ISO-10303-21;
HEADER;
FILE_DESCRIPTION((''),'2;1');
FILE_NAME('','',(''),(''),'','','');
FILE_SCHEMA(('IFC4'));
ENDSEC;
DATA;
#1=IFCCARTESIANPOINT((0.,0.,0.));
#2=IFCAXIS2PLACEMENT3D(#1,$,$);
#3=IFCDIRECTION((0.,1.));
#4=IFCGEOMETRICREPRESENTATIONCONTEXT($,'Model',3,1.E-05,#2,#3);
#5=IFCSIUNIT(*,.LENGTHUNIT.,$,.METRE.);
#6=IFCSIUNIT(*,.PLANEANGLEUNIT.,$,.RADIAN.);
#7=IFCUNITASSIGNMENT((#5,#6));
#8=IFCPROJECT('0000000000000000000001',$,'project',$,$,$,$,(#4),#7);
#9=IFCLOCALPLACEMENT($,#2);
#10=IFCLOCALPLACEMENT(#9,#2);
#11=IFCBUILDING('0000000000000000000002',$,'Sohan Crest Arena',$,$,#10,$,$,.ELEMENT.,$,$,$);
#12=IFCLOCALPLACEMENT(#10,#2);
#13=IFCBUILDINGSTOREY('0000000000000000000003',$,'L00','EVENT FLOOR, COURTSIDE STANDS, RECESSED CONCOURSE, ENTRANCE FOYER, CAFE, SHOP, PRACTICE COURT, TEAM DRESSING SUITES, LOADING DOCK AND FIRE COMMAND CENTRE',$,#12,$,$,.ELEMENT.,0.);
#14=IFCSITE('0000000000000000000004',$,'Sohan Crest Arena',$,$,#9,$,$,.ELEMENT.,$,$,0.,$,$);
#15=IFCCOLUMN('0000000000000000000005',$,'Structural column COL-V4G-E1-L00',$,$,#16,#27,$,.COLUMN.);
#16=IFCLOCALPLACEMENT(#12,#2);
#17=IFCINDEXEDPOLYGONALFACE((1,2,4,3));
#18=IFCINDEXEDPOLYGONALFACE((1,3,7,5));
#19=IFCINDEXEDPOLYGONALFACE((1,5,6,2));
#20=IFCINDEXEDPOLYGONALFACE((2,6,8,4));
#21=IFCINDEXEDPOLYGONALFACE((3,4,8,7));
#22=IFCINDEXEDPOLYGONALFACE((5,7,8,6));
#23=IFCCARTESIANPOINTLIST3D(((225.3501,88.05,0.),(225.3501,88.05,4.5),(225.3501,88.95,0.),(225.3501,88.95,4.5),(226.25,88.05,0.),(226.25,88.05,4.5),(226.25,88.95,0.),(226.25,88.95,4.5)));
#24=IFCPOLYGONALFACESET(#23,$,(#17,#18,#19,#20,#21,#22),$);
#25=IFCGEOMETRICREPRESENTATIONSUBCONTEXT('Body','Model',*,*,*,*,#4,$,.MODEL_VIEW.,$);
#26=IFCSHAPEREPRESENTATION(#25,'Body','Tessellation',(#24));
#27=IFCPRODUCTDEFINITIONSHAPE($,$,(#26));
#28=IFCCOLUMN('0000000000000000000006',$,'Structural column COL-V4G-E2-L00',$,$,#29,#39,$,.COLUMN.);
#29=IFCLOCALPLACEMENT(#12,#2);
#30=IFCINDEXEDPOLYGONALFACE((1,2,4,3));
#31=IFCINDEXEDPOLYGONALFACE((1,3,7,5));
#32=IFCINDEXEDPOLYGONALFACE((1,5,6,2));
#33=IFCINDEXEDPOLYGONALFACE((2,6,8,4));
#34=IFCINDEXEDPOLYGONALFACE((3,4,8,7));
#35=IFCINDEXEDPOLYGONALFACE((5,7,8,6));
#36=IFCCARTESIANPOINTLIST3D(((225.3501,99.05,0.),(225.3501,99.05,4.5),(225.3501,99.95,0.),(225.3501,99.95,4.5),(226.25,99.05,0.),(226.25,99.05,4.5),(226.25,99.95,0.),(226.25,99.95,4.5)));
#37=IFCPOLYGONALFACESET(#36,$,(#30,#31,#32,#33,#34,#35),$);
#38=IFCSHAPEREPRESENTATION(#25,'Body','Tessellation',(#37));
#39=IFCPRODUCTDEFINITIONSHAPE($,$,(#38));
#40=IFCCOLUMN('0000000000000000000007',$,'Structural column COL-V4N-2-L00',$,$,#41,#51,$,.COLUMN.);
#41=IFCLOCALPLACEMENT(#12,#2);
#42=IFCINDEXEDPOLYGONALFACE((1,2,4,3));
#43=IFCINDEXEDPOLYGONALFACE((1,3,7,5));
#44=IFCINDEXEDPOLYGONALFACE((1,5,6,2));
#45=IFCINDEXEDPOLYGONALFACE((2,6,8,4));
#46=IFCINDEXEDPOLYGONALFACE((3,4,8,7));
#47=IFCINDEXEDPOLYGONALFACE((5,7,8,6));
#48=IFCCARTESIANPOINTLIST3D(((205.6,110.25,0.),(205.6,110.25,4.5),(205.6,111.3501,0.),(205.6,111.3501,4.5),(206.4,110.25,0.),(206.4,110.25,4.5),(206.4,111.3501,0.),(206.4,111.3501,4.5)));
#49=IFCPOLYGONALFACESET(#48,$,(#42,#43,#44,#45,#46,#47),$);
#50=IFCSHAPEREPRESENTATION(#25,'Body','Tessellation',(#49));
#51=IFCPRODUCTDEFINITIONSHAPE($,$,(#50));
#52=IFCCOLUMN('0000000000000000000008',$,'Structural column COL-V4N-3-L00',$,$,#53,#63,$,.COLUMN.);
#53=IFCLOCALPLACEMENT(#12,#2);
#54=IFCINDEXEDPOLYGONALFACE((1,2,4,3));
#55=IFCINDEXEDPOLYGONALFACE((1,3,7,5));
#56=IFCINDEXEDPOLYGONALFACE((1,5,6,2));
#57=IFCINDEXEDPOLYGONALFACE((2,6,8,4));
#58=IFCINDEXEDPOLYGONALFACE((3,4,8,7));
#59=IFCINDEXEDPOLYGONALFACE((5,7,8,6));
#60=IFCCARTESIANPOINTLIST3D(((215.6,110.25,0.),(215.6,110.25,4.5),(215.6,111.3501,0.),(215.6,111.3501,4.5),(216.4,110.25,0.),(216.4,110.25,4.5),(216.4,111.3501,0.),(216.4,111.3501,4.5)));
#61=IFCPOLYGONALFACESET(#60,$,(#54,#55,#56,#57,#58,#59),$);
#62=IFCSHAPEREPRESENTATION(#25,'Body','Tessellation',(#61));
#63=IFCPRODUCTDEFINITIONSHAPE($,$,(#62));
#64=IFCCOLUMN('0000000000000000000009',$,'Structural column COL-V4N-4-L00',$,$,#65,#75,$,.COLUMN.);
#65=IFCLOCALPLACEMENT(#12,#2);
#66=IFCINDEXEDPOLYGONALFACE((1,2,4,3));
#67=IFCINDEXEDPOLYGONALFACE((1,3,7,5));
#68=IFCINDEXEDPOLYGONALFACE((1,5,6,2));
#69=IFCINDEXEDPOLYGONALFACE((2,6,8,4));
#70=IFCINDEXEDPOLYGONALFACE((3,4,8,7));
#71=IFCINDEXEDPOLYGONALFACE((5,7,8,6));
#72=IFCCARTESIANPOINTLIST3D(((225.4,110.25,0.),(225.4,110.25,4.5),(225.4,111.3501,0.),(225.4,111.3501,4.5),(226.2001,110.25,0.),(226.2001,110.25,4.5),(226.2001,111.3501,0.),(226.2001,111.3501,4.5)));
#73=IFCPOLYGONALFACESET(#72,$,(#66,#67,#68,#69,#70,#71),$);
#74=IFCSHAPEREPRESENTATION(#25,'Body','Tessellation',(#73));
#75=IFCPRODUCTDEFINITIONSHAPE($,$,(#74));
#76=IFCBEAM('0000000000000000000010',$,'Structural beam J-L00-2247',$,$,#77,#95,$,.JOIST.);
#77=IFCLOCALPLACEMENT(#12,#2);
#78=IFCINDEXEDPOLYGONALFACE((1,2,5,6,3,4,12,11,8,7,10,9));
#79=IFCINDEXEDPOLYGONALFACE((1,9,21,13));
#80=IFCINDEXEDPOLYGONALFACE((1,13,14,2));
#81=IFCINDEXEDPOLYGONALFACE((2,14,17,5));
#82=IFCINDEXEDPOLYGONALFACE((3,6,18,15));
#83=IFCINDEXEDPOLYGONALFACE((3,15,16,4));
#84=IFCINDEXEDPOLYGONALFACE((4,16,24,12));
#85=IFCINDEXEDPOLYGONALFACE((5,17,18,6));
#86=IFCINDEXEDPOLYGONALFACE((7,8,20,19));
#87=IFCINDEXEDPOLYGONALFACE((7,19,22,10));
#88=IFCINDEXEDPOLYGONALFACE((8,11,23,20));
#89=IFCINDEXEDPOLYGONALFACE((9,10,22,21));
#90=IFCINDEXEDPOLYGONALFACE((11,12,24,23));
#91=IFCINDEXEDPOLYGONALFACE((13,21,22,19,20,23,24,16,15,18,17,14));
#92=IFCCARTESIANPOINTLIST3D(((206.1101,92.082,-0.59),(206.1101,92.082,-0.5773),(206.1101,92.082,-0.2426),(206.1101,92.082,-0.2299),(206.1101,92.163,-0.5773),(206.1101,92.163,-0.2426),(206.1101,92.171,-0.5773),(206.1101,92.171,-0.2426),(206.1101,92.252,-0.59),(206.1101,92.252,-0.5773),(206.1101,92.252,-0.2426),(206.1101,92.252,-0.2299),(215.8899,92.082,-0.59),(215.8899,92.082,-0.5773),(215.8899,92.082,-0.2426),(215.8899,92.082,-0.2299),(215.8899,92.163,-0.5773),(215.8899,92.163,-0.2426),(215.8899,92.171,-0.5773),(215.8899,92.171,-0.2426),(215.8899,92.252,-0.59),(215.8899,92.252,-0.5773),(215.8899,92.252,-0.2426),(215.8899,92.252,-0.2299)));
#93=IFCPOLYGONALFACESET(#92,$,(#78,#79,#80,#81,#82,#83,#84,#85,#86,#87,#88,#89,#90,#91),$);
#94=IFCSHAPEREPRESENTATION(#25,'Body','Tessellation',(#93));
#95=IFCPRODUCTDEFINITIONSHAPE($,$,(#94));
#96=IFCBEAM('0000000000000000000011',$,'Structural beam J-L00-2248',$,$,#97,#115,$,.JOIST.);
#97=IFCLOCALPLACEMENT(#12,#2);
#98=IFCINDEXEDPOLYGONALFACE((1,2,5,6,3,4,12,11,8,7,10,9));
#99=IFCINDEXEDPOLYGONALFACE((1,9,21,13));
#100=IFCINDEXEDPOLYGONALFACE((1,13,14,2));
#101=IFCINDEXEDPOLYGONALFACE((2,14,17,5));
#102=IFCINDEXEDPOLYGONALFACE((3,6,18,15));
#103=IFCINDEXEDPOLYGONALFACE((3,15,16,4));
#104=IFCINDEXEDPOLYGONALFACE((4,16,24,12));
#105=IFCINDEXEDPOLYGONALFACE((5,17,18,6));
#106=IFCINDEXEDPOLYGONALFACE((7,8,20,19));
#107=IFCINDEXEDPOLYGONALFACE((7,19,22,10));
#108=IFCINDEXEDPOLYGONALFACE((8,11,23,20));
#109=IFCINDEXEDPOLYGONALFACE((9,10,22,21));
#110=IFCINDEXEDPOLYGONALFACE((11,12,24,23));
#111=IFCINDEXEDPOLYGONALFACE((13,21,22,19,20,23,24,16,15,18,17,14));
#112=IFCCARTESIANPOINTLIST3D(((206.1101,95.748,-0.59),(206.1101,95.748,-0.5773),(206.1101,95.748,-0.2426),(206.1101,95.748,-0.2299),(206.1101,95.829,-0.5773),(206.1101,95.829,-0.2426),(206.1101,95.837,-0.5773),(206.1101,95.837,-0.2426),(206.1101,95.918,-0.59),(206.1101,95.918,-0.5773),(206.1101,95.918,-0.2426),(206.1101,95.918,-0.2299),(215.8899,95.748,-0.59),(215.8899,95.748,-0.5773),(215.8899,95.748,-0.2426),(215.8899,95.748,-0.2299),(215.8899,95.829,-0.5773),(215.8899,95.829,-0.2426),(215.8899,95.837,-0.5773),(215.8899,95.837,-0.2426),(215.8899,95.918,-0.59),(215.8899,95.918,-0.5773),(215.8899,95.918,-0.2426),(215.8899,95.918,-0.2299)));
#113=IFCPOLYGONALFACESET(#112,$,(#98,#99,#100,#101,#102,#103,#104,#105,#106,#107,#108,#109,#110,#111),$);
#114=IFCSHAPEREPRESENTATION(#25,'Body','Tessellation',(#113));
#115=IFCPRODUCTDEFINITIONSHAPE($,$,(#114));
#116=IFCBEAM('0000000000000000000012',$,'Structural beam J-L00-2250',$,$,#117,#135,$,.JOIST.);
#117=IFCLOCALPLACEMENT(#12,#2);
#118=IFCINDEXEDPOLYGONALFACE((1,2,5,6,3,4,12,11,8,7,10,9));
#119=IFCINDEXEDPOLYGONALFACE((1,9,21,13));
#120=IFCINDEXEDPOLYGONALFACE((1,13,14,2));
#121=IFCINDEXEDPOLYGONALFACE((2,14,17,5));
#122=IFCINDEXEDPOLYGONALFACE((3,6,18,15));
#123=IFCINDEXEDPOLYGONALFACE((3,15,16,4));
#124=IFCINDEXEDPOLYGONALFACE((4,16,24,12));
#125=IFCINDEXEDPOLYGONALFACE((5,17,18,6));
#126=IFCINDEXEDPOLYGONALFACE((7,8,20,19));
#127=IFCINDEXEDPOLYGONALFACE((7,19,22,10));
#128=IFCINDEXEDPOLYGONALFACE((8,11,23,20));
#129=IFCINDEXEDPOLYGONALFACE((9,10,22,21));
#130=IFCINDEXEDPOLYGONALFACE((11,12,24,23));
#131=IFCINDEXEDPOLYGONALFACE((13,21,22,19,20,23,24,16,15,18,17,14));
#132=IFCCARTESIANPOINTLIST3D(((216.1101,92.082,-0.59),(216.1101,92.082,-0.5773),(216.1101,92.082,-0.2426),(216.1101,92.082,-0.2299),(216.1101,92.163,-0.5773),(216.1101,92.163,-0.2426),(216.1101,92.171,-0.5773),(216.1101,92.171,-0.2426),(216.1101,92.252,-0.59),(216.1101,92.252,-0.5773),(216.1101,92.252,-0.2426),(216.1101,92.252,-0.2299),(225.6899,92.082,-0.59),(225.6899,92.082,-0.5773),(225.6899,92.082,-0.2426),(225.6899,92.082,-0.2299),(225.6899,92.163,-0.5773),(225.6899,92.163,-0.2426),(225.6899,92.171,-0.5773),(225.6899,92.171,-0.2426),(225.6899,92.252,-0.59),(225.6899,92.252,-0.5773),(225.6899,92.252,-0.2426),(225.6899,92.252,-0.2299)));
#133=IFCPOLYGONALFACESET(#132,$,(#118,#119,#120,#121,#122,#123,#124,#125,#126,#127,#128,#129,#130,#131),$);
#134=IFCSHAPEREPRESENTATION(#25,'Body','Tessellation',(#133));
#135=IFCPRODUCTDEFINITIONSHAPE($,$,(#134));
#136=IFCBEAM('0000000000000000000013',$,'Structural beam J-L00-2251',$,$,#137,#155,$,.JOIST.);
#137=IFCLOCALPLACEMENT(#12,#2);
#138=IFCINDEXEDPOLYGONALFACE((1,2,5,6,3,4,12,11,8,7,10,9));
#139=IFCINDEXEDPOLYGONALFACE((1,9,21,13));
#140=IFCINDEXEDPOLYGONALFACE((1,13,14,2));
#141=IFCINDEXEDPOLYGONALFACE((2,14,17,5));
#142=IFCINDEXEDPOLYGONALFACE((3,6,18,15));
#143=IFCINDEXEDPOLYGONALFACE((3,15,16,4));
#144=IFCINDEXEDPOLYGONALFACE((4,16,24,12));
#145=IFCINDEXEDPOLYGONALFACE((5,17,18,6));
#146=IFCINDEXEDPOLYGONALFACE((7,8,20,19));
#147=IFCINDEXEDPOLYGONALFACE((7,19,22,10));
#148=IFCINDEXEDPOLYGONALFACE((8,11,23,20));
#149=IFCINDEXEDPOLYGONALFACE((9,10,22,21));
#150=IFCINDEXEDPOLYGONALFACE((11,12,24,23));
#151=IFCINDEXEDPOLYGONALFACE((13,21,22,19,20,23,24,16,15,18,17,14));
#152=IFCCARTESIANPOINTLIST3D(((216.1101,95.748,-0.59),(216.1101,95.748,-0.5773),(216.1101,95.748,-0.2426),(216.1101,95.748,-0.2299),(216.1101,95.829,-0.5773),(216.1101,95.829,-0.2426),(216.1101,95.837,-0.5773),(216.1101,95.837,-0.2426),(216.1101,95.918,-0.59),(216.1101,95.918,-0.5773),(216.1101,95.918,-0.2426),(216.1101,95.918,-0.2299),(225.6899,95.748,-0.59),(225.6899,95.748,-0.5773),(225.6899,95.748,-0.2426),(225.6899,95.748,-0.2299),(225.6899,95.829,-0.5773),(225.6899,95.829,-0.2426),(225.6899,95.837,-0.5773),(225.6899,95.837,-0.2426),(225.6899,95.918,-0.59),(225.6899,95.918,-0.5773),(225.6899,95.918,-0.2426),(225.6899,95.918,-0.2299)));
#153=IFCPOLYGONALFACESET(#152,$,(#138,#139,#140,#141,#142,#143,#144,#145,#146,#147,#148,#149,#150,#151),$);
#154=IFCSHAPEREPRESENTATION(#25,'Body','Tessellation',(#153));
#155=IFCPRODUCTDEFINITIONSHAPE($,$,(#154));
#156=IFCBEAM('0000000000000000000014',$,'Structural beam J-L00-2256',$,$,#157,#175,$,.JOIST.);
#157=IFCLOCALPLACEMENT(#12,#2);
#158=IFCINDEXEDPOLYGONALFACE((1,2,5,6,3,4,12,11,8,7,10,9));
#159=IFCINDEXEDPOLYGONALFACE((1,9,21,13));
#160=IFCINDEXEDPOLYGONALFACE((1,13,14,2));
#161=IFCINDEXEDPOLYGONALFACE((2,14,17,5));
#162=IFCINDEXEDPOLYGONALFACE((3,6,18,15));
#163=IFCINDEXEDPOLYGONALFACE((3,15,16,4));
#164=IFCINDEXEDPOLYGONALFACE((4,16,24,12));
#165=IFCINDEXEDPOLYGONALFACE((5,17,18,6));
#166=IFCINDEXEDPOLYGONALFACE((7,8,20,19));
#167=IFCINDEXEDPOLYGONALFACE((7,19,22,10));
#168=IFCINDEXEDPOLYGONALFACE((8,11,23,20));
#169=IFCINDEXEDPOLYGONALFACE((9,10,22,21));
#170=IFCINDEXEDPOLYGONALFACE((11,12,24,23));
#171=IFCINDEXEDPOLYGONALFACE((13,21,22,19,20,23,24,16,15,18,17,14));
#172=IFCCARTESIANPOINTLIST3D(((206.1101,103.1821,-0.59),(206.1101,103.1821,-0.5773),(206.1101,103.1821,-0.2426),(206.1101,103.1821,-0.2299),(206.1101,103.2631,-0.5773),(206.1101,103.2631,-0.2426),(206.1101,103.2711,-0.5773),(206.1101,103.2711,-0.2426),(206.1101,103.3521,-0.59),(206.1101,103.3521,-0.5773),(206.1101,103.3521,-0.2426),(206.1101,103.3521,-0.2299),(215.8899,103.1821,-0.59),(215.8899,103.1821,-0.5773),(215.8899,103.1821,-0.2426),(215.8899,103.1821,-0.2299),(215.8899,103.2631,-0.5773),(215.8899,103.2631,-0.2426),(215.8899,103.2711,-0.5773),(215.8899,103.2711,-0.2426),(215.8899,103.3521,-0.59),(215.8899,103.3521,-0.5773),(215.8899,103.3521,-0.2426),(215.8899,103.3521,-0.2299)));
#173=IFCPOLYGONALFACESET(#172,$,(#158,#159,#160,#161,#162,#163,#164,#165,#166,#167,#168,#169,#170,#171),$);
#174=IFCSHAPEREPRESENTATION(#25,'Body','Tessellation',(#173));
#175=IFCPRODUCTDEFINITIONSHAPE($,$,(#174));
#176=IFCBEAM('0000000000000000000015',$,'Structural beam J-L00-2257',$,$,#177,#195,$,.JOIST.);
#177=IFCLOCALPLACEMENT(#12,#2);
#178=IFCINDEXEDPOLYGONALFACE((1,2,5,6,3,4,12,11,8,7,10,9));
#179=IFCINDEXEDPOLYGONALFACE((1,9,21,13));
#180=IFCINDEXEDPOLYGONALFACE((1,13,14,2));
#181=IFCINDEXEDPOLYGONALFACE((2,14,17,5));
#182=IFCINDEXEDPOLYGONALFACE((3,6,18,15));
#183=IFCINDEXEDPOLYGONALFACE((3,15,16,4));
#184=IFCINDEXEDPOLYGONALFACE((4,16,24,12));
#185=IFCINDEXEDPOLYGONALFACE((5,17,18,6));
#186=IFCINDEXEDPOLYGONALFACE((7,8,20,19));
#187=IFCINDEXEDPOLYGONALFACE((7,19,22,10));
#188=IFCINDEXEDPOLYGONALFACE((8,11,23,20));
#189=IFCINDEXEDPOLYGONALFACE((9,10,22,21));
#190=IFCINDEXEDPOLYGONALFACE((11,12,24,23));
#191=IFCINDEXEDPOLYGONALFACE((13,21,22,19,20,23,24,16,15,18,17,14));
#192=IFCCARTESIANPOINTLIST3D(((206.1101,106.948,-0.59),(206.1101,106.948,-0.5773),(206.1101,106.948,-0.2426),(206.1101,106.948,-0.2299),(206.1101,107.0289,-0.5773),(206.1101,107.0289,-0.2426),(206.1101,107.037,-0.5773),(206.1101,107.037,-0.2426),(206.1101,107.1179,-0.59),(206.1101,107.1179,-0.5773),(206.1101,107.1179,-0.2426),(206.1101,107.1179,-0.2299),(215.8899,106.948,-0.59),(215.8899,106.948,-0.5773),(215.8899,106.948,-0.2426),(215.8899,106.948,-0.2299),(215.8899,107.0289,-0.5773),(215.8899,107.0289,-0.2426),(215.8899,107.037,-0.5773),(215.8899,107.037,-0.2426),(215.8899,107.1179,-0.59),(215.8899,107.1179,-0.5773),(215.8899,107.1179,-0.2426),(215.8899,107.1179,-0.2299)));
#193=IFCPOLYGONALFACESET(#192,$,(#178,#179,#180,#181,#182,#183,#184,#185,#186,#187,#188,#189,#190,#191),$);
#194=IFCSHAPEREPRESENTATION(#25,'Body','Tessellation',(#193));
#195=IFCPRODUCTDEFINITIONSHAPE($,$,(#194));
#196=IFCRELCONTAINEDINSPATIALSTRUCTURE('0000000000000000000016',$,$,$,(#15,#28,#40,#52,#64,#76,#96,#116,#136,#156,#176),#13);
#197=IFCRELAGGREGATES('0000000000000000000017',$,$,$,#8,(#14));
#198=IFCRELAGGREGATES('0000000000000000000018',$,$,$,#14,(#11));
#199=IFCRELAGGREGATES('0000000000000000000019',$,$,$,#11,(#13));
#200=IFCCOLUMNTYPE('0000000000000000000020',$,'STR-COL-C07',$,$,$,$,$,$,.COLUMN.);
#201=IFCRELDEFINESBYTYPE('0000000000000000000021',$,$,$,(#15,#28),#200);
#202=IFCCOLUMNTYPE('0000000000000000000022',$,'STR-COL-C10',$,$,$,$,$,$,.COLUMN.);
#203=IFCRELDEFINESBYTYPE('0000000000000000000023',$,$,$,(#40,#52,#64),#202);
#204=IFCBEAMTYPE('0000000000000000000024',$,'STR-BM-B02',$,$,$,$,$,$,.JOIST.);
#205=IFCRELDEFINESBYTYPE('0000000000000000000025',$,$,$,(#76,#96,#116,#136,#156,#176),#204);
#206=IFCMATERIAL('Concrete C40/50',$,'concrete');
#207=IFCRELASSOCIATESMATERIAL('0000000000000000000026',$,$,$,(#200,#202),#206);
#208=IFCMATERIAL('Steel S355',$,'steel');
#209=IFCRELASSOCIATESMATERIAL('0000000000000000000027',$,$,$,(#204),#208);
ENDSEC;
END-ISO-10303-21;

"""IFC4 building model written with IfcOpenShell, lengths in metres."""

from ifc_helpers import new_model, si_unit, direction, frame, origin, origin_2d, place, context, subcontext, project, spatial, rectangle, i_section, extrude, material, material_profile, profile_set, type_object, element, save


model = new_model("IFC4")

# Units and contexts
model_context = context("Model", 3, precision=1e-05, world=origin(), true_north=direction((0.0, 1.0)))
body_context = subcontext(model_context, "Body", "Model", "MODEL_VIEW")
ifc_project = project(units=[si_unit("LENGTHUNIT", "METRE"), si_unit("PLANEANGLEUNIT", "RADIAN")], contexts=[model_context])

# Site, building, storey
site_placement = place(None, origin())
site = spatial("IfcSite", under=ifc_project, at=site_placement, Name="Sohan Crest Arena", CompositionType="ELEMENT", RefElevation=0.0)
building_placement = place(site_placement, origin())
building = spatial("IfcBuilding", under=site, at=building_placement, Name="Sohan Crest Arena", CompositionType="ELEMENT")
storey_placement = place(building_placement, origin())
storey = spatial("IfcBuildingStorey", under=building, at=storey_placement, Name="L00", Description="EVENT FLOOR, COURTSIDE STANDS, RECESSED CONCOURSE, ENTRANCE FOYER, CAFE, SHOP, PRACTICE COURT, TEAM DRESSING SUITES, LOADING DOCK AND FIRE COMMAND CENTRE", CompositionType="ELEMENT", Elevation=0.0)

# Columns
ifc_material_1 = material(Name="Concrete C40/50", Category="concrete")
ifc_material_profile_1 = material_profile(ifc_material_1, rectangle(XDim=0.8999, YDim=0.8999, at=origin_2d()), Name="RC 900x900")
ifc_profile_set_1 = profile_set([ifc_material_profile_1], Name="Concrete C40/50")
column_type_1 = type_object("IfcColumnType", Name="STR-COL-C07", PredefinedType="COLUMN", material=ifc_profile_set_1)
for number, where, z_axis, x_axis, name in (
    (1, (225.8, 88.5, 0.0), (0.0, 0.0, 1.0), (1.0, 0.0, 0.0), "Structural column COL-V4G-E1-L00"),
    (2, (225.8, 99.5, 0.0), (0.0, 0.0, 1.0), (1.0, 0.0, 0.0), "Structural column COL-V4G-E2-L00"),
):
    element("IfcColumn", number, at=place(storey_placement, frame(where, z_axis=z_axis, x_axis=x_axis)), inside=storey, type_object=column_type_1, Name=name, PredefinedType="COLUMN", context=body_context, shape_type="SweptSolid", body=[
        extrude(rectangle(XDim=0.8999, YDim=0.8999, at=origin_2d()), origin(), (0.0, 0.0, 1.0), 4.5),
    ])
ifc_material_profile_2 = material_profile(ifc_material_1, rectangle(XDim=1.1001, YDim=0.8, at=origin_2d()), Name="RC 1100x800")
ifc_profile_set_2 = profile_set([ifc_material_profile_2], Name="Concrete C40/50")
column_type_2 = type_object("IfcColumnType", Name="STR-COL-C10", PredefinedType="COLUMN", material=ifc_profile_set_2)
for number, where, z_axis, x_axis, name in (
    (3, (206.0, 110.8, 0.0), (0.0, 0.0, 1.0), (0.0, 1.0, 0.0), "Structural column COL-V4N-2-L00"),
    (4, (216.0, 110.8, 0.0), (0.0, 0.0, 1.0), (0.0, 1.0, 0.0), "Structural column COL-V4N-3-L00"),
    (5, (225.8, 110.8, 0.0), (0.0, 0.0, 1.0), (0.0, 1.0, 0.0), "Structural column COL-V4N-4-L00"),
):
    element("IfcColumn", number, at=place(storey_placement, frame(where, z_axis=z_axis, x_axis=x_axis)), inside=storey, type_object=column_type_2, Name=name, PredefinedType="COLUMN", context=body_context, shape_type="SweptSolid", body=[
        extrude(rectangle(XDim=1.1001, YDim=0.8, at=origin_2d()), origin(), (0.0, 0.0, 1.0), 4.5),
    ])

# Beams
ifc_material_2 = material(Name="Steel S355", Category="steel")
ifc_material_profile_3 = material_profile(ifc_material_2, i_section(OverallWidth=0.1699, OverallDepth=0.3601, WebThickness=0.0081, FlangeThickness=0.0127, at=origin_2d()), Name="IPE 360")
ifc_profile_set_3 = profile_set([ifc_material_profile_3], Name="Steel S355")
beam_type_1 = type_object("IfcBeamType", Name="STR-BM-B02", PredefinedType="JOIST", material=ifc_profile_set_3)
for number, where, z_axis, x_axis, name in (
    (6, (206.1101, 92.167, -0.4099), (1.0, 0.0, 0.0), (0.0, 1.0, 0.0), "Structural beam J-L00-2247"),
    (7, (206.1101, 95.833, -0.4099), (1.0, 0.0, 0.0), (0.0, 1.0, 0.0), "Structural beam J-L00-2248"),
):
    element("IfcBeam", number, at=place(storey_placement, frame(where, z_axis=z_axis, x_axis=x_axis)), inside=storey, type_object=beam_type_1, Name=name, PredefinedType="JOIST", context=body_context, shape_type="SweptSolid", body=[
        extrude(i_section(OverallWidth=0.1699, OverallDepth=0.3601, WebThickness=0.0081, FlangeThickness=0.0127, at=origin_2d()), origin(), (0.0, 0.0, 1.0), 9.7798),
    ])
for number, where, z_axis, x_axis, name in (
    (8, (216.1101, 92.167, -0.4099), (1.0, 0.0, 0.0), (0.0, 1.0, 0.0), "Structural beam J-L00-2250"),
    (9, (216.1101, 95.833, -0.4099), (1.0, 0.0, 0.0), (0.0, 1.0, 0.0), "Structural beam J-L00-2251"),
):
    element("IfcBeam", number, at=place(storey_placement, frame(where, z_axis=z_axis, x_axis=x_axis)), inside=storey, type_object=beam_type_1, Name=name, PredefinedType="JOIST", context=body_context, shape_type="SweptSolid", body=[
        extrude(i_section(OverallWidth=0.1699, OverallDepth=0.3601, WebThickness=0.0081, FlangeThickness=0.0127, at=origin_2d()), origin(), (0.0, 0.0, 1.0), 9.5798),
    ])
for number, where, z_axis, x_axis, name in (
    (10, (206.1101, 103.2671, -0.4099), (1.0, 0.0, 0.0), (0.0, 1.0, 0.0), "Structural beam J-L00-2256"),
    (11, (206.1101, 107.033, -0.4099), (1.0, 0.0, 0.0), (0.0, 1.0, 0.0), "Structural beam J-L00-2257"),
):
    element("IfcBeam", number, at=place(storey_placement, frame(where, z_axis=z_axis, x_axis=x_axis)), inside=storey, type_object=beam_type_1, Name=name, PredefinedType="JOIST", context=body_context, shape_type="SweptSolid", body=[
        extrude(i_section(OverallWidth=0.1699, OverallDepth=0.3601, WebThickness=0.0081, FlangeThickness=0.0127, at=origin_2d()), origin(), (0.0, 0.0, 1.0), 9.7798),
    ])

save(model, "model.ifc")
